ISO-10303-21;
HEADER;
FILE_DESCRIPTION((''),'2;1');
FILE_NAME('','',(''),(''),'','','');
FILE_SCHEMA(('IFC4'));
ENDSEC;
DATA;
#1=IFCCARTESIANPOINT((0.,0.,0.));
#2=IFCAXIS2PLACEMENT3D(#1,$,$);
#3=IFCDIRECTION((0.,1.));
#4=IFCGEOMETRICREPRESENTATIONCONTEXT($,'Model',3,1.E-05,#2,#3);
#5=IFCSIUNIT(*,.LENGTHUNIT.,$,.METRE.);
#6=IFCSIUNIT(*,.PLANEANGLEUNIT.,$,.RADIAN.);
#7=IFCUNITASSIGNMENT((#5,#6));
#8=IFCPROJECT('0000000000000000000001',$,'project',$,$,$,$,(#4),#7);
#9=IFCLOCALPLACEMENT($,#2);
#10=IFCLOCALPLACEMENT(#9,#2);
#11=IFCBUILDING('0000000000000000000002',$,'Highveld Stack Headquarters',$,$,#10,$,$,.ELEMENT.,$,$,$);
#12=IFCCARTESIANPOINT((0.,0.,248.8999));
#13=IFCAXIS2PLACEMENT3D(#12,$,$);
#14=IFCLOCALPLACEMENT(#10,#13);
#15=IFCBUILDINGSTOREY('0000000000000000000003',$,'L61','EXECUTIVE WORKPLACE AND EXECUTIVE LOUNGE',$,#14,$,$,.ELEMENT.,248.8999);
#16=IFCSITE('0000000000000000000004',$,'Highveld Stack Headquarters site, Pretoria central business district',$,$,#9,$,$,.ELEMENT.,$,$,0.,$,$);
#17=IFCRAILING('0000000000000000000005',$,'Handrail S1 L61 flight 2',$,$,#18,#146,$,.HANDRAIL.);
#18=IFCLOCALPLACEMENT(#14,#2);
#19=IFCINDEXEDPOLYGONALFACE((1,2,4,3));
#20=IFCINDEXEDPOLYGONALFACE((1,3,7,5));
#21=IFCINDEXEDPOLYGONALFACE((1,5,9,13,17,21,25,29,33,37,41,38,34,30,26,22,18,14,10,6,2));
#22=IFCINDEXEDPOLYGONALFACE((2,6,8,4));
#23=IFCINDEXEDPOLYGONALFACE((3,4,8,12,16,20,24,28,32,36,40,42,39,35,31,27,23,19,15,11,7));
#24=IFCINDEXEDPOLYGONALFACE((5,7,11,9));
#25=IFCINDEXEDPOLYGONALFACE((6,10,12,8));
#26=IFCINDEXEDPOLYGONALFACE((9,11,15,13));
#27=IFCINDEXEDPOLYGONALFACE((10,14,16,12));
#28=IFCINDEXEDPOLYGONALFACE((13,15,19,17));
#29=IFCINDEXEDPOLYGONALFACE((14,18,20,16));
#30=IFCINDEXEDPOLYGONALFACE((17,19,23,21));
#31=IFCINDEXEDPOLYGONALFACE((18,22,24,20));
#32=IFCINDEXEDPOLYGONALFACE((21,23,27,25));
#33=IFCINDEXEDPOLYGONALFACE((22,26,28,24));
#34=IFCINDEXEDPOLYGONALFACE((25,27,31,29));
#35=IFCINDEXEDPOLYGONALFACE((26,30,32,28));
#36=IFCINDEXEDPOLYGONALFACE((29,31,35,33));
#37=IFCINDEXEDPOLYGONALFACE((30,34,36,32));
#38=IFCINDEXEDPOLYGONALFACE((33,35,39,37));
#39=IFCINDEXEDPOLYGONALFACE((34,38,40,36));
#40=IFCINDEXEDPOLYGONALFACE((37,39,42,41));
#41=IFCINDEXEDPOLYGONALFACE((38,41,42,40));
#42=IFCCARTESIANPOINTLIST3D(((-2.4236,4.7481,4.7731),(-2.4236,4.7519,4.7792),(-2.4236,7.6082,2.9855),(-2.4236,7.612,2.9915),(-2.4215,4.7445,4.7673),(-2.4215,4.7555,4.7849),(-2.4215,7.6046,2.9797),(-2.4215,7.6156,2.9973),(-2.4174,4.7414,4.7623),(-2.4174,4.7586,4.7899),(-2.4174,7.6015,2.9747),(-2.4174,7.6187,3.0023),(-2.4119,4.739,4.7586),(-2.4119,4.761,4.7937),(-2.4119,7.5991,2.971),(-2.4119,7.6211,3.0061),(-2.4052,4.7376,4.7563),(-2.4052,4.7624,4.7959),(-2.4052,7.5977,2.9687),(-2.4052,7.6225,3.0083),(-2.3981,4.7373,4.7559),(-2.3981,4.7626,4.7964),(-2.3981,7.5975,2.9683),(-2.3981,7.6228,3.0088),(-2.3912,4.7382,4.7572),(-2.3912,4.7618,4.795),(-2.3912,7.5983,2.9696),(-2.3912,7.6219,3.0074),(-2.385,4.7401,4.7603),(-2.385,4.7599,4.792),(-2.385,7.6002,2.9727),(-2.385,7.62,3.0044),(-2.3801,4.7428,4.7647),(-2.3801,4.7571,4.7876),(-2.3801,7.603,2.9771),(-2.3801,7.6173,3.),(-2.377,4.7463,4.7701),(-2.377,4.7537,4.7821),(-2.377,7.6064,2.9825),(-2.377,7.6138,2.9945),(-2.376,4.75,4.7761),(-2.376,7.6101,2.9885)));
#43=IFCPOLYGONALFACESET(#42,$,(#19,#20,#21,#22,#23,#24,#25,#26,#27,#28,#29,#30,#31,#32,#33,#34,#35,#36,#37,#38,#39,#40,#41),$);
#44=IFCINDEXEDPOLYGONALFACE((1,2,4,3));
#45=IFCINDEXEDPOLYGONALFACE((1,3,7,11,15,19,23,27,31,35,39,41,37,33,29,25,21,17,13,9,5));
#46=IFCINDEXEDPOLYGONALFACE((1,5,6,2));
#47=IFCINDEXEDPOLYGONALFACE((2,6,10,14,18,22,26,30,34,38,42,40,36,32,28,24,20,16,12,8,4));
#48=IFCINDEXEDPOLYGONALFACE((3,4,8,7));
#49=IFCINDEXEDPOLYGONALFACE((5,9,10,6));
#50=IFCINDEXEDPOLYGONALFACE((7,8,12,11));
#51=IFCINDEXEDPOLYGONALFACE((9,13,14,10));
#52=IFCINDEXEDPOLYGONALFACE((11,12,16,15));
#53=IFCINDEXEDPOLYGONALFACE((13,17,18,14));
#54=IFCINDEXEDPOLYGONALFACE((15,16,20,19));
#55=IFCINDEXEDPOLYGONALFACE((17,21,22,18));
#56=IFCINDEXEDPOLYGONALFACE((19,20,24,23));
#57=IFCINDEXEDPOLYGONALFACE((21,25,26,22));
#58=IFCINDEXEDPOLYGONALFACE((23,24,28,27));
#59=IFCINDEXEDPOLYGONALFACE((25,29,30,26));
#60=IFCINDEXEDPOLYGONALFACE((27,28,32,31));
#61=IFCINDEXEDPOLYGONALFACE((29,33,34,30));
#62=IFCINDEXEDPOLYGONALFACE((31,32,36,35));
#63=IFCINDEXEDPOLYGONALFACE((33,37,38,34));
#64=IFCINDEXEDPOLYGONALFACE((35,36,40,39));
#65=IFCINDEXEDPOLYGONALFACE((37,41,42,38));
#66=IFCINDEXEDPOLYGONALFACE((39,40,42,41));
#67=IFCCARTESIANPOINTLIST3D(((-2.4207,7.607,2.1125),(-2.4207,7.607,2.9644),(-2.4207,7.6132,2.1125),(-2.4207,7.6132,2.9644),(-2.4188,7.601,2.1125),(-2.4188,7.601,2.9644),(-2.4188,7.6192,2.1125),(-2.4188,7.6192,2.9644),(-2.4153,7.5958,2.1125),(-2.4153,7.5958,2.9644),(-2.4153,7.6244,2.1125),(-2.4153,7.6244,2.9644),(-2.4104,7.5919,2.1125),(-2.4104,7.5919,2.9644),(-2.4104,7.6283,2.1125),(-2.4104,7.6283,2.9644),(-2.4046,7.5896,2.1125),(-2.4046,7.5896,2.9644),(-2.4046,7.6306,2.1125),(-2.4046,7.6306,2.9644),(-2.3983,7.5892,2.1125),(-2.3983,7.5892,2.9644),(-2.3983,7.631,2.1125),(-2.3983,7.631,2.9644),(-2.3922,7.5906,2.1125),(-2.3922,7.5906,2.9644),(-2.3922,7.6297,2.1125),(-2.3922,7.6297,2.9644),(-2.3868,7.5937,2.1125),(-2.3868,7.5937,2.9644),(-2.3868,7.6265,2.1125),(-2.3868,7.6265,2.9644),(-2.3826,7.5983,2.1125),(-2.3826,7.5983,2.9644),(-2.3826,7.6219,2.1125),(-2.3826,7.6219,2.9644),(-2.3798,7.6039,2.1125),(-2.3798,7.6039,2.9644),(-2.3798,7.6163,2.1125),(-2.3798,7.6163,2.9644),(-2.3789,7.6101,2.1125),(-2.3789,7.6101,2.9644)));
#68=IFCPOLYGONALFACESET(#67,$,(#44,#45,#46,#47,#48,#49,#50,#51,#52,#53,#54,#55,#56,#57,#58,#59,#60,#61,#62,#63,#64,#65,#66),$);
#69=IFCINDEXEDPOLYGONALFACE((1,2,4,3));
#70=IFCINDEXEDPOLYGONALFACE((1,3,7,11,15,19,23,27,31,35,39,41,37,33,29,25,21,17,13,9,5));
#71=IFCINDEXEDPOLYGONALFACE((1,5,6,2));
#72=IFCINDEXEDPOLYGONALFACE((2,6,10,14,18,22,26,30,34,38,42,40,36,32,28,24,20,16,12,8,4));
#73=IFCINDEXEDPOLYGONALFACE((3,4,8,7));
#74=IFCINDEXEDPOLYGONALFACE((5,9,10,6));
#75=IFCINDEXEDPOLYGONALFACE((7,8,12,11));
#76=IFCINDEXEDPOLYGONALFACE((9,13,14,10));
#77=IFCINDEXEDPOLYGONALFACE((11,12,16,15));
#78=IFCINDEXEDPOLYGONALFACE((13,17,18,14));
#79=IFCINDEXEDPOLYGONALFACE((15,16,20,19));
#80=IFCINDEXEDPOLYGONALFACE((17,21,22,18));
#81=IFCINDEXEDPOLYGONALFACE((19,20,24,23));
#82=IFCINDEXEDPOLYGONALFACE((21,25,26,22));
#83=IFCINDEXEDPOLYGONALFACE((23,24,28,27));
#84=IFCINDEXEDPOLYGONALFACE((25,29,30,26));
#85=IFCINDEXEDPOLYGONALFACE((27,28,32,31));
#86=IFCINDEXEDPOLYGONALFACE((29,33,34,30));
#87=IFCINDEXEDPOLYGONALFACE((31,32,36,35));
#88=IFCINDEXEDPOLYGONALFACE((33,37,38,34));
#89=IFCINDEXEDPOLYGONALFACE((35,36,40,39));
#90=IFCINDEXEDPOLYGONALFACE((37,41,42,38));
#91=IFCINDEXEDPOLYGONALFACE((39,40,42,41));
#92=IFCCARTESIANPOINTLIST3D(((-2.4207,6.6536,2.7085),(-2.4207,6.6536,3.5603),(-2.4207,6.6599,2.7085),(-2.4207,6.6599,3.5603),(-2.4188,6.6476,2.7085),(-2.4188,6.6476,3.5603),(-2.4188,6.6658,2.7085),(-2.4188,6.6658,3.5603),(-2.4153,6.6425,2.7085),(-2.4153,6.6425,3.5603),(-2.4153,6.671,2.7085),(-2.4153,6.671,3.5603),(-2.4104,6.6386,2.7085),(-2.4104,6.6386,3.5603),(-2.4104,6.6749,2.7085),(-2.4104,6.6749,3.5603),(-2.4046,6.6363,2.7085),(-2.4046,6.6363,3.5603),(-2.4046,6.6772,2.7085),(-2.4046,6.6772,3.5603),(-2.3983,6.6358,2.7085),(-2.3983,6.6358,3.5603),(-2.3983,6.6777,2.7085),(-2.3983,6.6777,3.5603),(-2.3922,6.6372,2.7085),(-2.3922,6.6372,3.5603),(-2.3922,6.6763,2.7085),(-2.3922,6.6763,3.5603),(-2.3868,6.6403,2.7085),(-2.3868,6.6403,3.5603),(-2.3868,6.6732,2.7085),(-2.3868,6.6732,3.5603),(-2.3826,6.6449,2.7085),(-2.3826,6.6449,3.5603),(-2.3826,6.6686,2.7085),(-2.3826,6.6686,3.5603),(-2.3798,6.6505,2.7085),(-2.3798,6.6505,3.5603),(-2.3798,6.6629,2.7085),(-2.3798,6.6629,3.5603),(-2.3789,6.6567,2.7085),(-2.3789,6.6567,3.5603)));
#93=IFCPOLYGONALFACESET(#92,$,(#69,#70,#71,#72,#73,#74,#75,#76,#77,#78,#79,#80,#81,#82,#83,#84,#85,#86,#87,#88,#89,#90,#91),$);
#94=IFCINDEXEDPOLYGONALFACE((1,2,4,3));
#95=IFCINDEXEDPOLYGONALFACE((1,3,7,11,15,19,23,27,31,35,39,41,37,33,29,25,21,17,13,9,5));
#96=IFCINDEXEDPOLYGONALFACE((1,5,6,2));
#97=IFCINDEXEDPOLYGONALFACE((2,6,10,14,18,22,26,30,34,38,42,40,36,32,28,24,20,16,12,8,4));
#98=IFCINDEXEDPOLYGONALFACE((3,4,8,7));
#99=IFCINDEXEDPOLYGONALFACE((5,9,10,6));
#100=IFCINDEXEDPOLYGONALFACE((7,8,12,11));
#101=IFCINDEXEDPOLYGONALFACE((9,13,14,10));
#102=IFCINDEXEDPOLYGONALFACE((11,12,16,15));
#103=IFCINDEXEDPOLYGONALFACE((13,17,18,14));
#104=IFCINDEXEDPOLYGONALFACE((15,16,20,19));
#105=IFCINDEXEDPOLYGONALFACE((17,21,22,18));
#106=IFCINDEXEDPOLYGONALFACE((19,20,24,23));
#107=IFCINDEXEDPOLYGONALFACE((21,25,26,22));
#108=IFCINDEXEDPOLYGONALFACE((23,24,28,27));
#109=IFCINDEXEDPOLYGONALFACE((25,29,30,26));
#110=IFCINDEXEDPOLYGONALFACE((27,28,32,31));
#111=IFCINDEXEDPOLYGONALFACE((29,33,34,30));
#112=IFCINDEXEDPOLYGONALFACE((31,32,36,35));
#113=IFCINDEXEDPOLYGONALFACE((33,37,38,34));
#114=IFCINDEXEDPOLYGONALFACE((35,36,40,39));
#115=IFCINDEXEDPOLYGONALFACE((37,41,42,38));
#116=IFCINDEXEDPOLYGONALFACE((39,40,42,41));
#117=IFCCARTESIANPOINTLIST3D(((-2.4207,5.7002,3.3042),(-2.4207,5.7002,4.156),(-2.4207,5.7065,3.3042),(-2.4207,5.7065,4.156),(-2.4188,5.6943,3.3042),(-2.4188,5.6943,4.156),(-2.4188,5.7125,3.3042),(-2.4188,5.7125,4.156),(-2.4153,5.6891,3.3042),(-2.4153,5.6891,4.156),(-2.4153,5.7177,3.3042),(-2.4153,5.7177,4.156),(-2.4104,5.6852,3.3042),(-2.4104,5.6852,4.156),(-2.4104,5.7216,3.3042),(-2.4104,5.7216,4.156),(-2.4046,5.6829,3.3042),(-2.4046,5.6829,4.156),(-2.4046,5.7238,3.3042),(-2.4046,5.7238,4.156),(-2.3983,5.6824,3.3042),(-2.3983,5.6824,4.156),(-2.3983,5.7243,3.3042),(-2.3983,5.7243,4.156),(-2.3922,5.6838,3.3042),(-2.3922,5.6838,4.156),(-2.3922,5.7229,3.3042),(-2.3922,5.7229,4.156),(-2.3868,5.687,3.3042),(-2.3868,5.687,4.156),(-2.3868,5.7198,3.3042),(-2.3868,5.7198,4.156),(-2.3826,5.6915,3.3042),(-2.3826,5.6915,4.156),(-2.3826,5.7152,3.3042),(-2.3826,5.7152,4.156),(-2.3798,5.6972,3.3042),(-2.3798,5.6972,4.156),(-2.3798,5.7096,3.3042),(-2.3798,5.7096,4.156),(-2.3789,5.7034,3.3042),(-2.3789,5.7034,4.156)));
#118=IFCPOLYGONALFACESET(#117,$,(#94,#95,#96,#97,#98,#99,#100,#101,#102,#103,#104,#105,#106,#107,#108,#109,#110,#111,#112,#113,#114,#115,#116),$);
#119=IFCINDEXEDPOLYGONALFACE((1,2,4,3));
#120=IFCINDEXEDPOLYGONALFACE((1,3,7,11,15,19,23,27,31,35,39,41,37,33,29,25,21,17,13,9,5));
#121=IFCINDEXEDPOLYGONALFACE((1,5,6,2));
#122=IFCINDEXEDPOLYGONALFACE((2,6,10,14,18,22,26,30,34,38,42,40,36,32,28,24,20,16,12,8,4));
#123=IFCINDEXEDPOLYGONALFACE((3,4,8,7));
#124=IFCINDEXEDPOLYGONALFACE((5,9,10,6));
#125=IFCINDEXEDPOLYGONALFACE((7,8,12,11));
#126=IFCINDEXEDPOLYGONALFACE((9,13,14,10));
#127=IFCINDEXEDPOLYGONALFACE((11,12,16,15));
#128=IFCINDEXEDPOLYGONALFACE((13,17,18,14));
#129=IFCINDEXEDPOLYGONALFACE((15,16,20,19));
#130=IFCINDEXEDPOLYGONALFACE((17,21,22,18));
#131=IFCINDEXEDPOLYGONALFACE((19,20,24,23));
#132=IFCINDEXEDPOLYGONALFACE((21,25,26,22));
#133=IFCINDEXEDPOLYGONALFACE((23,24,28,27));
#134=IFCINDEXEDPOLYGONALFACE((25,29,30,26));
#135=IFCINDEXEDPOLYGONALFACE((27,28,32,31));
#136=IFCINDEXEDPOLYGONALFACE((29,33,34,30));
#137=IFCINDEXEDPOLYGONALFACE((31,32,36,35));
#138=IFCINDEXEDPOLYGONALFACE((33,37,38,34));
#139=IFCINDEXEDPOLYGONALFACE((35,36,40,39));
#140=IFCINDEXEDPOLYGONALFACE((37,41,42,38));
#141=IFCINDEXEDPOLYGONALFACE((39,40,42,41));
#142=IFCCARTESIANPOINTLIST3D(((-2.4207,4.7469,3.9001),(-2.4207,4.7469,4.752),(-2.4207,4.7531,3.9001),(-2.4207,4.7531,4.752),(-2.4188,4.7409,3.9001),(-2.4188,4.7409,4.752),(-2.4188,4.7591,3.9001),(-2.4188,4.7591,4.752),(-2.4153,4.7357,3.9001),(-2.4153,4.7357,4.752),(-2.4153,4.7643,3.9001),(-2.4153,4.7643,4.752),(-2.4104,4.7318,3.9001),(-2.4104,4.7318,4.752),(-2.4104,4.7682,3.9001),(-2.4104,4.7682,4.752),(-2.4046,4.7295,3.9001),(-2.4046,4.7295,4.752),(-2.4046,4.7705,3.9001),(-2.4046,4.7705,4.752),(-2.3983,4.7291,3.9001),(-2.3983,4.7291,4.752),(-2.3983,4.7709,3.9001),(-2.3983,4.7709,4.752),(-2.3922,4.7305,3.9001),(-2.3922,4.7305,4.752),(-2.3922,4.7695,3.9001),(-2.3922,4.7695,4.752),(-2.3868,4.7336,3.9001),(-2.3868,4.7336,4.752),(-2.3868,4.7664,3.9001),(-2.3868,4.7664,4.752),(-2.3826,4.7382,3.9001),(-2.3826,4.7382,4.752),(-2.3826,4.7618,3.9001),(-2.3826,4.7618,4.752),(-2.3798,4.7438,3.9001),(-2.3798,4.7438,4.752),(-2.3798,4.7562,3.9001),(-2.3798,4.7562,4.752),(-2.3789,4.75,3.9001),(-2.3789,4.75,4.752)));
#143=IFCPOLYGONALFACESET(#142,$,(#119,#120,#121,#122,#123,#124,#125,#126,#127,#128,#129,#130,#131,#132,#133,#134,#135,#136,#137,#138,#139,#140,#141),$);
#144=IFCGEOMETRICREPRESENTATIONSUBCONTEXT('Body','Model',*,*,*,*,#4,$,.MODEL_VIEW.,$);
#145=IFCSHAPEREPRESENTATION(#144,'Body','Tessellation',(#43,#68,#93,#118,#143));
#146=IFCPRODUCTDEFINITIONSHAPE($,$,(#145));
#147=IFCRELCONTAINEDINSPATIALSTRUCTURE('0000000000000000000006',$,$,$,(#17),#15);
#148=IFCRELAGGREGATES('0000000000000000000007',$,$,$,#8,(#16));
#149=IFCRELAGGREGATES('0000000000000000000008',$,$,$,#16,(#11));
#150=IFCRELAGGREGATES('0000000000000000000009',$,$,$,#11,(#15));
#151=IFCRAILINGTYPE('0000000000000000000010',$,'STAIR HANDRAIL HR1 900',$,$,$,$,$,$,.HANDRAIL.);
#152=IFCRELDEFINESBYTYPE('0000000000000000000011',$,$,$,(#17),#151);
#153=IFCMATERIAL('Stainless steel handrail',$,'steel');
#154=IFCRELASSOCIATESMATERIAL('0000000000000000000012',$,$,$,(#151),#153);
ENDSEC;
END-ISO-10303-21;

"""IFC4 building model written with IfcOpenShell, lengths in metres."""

from ifc_helpers import new_model, si_unit, direction, frame, origin, origin_2d, place, context, subcontext, project, spatial, circle, extrude, material, type_object, element, save


model = new_model("IFC4")

# Units and contexts
model_context = context("Model", 3, precision=1e-05, world=origin(), true_north=direction((0.0, 1.0)))
body_context = subcontext(model_context, "Body", "Model", "MODEL_VIEW")
ifc_project = project(units=[si_unit("LENGTHUNIT", "METRE"), si_unit("PLANEANGLEUNIT", "RADIAN")], contexts=[model_context])

# Site, building, storey
site_placement = place(None, origin())
site = spatial("IfcSite", under=ifc_project, at=site_placement, Name="Highveld Stack Headquarters site, Pretoria central business district", CompositionType="ELEMENT", RefElevation=0.0)
building_placement = place(site_placement, origin())
building = spatial("IfcBuilding", under=site, at=building_placement, Name="Highveld Stack Headquarters", CompositionType="ELEMENT")
storey_placement = place(building_placement, frame((0.0, 0.0, 248.8999)))
storey = spatial("IfcBuildingStorey", under=building, at=storey_placement, Name="L61", Description="EXECUTIVE WORKPLACE AND EXECUTIVE LOUNGE", CompositionType="ELEMENT", Elevation=248.8999)

# Railing
ifc_material_1 = material(Name="Stainless steel handrail", Category="steel")
railing_type = type_object("IfcRailingType", Name="STAIR HANDRAIL HR1 900", PredefinedType="HANDRAIL", material=ifc_material_1)
for number, where, name in (
    (1, (-2.3999, 7.6101, 2.1125), "Handrail S1 L61 flight 2"),
):
    element("IfcRailing", number, at=place(storey_placement, frame(where)), inside=storey, type_object=railing_type, Name=name, PredefinedType="HANDRAIL", context=body_context, shape_type="SweptSolid", body=[
        extrude(circle(Radius=0.0239, at=origin_2d()), frame((0.0, 0.0, 0.876), z_axis=(0.0, -0.847994, 0.530005), x_axis=(1.0, 0.0, 0.0)), (0.0, 0.0, 1.0), 3.3728),
        extrude(circle(Radius=0.021, at=origin_2d()), origin(), (0.0, 0.0, 1.0), 0.8518),
        extrude(circle(Radius=0.021, at=origin_2d()), frame((0.0, -0.9534, 0.5959)), (0.0, 0.0, 1.0), 0.8518),
        extrude(circle(Radius=0.021, at=origin_2d()), frame((0.0, -1.9067, 1.1917)), (0.0, 0.0, 1.0), 0.8518),
        extrude(circle(Radius=0.021, at=origin_2d()), frame((0.0, -2.8601, 1.7876)), (0.0, 0.0, 1.0), 0.8518),
    ])

save(model, "model.ifc")
